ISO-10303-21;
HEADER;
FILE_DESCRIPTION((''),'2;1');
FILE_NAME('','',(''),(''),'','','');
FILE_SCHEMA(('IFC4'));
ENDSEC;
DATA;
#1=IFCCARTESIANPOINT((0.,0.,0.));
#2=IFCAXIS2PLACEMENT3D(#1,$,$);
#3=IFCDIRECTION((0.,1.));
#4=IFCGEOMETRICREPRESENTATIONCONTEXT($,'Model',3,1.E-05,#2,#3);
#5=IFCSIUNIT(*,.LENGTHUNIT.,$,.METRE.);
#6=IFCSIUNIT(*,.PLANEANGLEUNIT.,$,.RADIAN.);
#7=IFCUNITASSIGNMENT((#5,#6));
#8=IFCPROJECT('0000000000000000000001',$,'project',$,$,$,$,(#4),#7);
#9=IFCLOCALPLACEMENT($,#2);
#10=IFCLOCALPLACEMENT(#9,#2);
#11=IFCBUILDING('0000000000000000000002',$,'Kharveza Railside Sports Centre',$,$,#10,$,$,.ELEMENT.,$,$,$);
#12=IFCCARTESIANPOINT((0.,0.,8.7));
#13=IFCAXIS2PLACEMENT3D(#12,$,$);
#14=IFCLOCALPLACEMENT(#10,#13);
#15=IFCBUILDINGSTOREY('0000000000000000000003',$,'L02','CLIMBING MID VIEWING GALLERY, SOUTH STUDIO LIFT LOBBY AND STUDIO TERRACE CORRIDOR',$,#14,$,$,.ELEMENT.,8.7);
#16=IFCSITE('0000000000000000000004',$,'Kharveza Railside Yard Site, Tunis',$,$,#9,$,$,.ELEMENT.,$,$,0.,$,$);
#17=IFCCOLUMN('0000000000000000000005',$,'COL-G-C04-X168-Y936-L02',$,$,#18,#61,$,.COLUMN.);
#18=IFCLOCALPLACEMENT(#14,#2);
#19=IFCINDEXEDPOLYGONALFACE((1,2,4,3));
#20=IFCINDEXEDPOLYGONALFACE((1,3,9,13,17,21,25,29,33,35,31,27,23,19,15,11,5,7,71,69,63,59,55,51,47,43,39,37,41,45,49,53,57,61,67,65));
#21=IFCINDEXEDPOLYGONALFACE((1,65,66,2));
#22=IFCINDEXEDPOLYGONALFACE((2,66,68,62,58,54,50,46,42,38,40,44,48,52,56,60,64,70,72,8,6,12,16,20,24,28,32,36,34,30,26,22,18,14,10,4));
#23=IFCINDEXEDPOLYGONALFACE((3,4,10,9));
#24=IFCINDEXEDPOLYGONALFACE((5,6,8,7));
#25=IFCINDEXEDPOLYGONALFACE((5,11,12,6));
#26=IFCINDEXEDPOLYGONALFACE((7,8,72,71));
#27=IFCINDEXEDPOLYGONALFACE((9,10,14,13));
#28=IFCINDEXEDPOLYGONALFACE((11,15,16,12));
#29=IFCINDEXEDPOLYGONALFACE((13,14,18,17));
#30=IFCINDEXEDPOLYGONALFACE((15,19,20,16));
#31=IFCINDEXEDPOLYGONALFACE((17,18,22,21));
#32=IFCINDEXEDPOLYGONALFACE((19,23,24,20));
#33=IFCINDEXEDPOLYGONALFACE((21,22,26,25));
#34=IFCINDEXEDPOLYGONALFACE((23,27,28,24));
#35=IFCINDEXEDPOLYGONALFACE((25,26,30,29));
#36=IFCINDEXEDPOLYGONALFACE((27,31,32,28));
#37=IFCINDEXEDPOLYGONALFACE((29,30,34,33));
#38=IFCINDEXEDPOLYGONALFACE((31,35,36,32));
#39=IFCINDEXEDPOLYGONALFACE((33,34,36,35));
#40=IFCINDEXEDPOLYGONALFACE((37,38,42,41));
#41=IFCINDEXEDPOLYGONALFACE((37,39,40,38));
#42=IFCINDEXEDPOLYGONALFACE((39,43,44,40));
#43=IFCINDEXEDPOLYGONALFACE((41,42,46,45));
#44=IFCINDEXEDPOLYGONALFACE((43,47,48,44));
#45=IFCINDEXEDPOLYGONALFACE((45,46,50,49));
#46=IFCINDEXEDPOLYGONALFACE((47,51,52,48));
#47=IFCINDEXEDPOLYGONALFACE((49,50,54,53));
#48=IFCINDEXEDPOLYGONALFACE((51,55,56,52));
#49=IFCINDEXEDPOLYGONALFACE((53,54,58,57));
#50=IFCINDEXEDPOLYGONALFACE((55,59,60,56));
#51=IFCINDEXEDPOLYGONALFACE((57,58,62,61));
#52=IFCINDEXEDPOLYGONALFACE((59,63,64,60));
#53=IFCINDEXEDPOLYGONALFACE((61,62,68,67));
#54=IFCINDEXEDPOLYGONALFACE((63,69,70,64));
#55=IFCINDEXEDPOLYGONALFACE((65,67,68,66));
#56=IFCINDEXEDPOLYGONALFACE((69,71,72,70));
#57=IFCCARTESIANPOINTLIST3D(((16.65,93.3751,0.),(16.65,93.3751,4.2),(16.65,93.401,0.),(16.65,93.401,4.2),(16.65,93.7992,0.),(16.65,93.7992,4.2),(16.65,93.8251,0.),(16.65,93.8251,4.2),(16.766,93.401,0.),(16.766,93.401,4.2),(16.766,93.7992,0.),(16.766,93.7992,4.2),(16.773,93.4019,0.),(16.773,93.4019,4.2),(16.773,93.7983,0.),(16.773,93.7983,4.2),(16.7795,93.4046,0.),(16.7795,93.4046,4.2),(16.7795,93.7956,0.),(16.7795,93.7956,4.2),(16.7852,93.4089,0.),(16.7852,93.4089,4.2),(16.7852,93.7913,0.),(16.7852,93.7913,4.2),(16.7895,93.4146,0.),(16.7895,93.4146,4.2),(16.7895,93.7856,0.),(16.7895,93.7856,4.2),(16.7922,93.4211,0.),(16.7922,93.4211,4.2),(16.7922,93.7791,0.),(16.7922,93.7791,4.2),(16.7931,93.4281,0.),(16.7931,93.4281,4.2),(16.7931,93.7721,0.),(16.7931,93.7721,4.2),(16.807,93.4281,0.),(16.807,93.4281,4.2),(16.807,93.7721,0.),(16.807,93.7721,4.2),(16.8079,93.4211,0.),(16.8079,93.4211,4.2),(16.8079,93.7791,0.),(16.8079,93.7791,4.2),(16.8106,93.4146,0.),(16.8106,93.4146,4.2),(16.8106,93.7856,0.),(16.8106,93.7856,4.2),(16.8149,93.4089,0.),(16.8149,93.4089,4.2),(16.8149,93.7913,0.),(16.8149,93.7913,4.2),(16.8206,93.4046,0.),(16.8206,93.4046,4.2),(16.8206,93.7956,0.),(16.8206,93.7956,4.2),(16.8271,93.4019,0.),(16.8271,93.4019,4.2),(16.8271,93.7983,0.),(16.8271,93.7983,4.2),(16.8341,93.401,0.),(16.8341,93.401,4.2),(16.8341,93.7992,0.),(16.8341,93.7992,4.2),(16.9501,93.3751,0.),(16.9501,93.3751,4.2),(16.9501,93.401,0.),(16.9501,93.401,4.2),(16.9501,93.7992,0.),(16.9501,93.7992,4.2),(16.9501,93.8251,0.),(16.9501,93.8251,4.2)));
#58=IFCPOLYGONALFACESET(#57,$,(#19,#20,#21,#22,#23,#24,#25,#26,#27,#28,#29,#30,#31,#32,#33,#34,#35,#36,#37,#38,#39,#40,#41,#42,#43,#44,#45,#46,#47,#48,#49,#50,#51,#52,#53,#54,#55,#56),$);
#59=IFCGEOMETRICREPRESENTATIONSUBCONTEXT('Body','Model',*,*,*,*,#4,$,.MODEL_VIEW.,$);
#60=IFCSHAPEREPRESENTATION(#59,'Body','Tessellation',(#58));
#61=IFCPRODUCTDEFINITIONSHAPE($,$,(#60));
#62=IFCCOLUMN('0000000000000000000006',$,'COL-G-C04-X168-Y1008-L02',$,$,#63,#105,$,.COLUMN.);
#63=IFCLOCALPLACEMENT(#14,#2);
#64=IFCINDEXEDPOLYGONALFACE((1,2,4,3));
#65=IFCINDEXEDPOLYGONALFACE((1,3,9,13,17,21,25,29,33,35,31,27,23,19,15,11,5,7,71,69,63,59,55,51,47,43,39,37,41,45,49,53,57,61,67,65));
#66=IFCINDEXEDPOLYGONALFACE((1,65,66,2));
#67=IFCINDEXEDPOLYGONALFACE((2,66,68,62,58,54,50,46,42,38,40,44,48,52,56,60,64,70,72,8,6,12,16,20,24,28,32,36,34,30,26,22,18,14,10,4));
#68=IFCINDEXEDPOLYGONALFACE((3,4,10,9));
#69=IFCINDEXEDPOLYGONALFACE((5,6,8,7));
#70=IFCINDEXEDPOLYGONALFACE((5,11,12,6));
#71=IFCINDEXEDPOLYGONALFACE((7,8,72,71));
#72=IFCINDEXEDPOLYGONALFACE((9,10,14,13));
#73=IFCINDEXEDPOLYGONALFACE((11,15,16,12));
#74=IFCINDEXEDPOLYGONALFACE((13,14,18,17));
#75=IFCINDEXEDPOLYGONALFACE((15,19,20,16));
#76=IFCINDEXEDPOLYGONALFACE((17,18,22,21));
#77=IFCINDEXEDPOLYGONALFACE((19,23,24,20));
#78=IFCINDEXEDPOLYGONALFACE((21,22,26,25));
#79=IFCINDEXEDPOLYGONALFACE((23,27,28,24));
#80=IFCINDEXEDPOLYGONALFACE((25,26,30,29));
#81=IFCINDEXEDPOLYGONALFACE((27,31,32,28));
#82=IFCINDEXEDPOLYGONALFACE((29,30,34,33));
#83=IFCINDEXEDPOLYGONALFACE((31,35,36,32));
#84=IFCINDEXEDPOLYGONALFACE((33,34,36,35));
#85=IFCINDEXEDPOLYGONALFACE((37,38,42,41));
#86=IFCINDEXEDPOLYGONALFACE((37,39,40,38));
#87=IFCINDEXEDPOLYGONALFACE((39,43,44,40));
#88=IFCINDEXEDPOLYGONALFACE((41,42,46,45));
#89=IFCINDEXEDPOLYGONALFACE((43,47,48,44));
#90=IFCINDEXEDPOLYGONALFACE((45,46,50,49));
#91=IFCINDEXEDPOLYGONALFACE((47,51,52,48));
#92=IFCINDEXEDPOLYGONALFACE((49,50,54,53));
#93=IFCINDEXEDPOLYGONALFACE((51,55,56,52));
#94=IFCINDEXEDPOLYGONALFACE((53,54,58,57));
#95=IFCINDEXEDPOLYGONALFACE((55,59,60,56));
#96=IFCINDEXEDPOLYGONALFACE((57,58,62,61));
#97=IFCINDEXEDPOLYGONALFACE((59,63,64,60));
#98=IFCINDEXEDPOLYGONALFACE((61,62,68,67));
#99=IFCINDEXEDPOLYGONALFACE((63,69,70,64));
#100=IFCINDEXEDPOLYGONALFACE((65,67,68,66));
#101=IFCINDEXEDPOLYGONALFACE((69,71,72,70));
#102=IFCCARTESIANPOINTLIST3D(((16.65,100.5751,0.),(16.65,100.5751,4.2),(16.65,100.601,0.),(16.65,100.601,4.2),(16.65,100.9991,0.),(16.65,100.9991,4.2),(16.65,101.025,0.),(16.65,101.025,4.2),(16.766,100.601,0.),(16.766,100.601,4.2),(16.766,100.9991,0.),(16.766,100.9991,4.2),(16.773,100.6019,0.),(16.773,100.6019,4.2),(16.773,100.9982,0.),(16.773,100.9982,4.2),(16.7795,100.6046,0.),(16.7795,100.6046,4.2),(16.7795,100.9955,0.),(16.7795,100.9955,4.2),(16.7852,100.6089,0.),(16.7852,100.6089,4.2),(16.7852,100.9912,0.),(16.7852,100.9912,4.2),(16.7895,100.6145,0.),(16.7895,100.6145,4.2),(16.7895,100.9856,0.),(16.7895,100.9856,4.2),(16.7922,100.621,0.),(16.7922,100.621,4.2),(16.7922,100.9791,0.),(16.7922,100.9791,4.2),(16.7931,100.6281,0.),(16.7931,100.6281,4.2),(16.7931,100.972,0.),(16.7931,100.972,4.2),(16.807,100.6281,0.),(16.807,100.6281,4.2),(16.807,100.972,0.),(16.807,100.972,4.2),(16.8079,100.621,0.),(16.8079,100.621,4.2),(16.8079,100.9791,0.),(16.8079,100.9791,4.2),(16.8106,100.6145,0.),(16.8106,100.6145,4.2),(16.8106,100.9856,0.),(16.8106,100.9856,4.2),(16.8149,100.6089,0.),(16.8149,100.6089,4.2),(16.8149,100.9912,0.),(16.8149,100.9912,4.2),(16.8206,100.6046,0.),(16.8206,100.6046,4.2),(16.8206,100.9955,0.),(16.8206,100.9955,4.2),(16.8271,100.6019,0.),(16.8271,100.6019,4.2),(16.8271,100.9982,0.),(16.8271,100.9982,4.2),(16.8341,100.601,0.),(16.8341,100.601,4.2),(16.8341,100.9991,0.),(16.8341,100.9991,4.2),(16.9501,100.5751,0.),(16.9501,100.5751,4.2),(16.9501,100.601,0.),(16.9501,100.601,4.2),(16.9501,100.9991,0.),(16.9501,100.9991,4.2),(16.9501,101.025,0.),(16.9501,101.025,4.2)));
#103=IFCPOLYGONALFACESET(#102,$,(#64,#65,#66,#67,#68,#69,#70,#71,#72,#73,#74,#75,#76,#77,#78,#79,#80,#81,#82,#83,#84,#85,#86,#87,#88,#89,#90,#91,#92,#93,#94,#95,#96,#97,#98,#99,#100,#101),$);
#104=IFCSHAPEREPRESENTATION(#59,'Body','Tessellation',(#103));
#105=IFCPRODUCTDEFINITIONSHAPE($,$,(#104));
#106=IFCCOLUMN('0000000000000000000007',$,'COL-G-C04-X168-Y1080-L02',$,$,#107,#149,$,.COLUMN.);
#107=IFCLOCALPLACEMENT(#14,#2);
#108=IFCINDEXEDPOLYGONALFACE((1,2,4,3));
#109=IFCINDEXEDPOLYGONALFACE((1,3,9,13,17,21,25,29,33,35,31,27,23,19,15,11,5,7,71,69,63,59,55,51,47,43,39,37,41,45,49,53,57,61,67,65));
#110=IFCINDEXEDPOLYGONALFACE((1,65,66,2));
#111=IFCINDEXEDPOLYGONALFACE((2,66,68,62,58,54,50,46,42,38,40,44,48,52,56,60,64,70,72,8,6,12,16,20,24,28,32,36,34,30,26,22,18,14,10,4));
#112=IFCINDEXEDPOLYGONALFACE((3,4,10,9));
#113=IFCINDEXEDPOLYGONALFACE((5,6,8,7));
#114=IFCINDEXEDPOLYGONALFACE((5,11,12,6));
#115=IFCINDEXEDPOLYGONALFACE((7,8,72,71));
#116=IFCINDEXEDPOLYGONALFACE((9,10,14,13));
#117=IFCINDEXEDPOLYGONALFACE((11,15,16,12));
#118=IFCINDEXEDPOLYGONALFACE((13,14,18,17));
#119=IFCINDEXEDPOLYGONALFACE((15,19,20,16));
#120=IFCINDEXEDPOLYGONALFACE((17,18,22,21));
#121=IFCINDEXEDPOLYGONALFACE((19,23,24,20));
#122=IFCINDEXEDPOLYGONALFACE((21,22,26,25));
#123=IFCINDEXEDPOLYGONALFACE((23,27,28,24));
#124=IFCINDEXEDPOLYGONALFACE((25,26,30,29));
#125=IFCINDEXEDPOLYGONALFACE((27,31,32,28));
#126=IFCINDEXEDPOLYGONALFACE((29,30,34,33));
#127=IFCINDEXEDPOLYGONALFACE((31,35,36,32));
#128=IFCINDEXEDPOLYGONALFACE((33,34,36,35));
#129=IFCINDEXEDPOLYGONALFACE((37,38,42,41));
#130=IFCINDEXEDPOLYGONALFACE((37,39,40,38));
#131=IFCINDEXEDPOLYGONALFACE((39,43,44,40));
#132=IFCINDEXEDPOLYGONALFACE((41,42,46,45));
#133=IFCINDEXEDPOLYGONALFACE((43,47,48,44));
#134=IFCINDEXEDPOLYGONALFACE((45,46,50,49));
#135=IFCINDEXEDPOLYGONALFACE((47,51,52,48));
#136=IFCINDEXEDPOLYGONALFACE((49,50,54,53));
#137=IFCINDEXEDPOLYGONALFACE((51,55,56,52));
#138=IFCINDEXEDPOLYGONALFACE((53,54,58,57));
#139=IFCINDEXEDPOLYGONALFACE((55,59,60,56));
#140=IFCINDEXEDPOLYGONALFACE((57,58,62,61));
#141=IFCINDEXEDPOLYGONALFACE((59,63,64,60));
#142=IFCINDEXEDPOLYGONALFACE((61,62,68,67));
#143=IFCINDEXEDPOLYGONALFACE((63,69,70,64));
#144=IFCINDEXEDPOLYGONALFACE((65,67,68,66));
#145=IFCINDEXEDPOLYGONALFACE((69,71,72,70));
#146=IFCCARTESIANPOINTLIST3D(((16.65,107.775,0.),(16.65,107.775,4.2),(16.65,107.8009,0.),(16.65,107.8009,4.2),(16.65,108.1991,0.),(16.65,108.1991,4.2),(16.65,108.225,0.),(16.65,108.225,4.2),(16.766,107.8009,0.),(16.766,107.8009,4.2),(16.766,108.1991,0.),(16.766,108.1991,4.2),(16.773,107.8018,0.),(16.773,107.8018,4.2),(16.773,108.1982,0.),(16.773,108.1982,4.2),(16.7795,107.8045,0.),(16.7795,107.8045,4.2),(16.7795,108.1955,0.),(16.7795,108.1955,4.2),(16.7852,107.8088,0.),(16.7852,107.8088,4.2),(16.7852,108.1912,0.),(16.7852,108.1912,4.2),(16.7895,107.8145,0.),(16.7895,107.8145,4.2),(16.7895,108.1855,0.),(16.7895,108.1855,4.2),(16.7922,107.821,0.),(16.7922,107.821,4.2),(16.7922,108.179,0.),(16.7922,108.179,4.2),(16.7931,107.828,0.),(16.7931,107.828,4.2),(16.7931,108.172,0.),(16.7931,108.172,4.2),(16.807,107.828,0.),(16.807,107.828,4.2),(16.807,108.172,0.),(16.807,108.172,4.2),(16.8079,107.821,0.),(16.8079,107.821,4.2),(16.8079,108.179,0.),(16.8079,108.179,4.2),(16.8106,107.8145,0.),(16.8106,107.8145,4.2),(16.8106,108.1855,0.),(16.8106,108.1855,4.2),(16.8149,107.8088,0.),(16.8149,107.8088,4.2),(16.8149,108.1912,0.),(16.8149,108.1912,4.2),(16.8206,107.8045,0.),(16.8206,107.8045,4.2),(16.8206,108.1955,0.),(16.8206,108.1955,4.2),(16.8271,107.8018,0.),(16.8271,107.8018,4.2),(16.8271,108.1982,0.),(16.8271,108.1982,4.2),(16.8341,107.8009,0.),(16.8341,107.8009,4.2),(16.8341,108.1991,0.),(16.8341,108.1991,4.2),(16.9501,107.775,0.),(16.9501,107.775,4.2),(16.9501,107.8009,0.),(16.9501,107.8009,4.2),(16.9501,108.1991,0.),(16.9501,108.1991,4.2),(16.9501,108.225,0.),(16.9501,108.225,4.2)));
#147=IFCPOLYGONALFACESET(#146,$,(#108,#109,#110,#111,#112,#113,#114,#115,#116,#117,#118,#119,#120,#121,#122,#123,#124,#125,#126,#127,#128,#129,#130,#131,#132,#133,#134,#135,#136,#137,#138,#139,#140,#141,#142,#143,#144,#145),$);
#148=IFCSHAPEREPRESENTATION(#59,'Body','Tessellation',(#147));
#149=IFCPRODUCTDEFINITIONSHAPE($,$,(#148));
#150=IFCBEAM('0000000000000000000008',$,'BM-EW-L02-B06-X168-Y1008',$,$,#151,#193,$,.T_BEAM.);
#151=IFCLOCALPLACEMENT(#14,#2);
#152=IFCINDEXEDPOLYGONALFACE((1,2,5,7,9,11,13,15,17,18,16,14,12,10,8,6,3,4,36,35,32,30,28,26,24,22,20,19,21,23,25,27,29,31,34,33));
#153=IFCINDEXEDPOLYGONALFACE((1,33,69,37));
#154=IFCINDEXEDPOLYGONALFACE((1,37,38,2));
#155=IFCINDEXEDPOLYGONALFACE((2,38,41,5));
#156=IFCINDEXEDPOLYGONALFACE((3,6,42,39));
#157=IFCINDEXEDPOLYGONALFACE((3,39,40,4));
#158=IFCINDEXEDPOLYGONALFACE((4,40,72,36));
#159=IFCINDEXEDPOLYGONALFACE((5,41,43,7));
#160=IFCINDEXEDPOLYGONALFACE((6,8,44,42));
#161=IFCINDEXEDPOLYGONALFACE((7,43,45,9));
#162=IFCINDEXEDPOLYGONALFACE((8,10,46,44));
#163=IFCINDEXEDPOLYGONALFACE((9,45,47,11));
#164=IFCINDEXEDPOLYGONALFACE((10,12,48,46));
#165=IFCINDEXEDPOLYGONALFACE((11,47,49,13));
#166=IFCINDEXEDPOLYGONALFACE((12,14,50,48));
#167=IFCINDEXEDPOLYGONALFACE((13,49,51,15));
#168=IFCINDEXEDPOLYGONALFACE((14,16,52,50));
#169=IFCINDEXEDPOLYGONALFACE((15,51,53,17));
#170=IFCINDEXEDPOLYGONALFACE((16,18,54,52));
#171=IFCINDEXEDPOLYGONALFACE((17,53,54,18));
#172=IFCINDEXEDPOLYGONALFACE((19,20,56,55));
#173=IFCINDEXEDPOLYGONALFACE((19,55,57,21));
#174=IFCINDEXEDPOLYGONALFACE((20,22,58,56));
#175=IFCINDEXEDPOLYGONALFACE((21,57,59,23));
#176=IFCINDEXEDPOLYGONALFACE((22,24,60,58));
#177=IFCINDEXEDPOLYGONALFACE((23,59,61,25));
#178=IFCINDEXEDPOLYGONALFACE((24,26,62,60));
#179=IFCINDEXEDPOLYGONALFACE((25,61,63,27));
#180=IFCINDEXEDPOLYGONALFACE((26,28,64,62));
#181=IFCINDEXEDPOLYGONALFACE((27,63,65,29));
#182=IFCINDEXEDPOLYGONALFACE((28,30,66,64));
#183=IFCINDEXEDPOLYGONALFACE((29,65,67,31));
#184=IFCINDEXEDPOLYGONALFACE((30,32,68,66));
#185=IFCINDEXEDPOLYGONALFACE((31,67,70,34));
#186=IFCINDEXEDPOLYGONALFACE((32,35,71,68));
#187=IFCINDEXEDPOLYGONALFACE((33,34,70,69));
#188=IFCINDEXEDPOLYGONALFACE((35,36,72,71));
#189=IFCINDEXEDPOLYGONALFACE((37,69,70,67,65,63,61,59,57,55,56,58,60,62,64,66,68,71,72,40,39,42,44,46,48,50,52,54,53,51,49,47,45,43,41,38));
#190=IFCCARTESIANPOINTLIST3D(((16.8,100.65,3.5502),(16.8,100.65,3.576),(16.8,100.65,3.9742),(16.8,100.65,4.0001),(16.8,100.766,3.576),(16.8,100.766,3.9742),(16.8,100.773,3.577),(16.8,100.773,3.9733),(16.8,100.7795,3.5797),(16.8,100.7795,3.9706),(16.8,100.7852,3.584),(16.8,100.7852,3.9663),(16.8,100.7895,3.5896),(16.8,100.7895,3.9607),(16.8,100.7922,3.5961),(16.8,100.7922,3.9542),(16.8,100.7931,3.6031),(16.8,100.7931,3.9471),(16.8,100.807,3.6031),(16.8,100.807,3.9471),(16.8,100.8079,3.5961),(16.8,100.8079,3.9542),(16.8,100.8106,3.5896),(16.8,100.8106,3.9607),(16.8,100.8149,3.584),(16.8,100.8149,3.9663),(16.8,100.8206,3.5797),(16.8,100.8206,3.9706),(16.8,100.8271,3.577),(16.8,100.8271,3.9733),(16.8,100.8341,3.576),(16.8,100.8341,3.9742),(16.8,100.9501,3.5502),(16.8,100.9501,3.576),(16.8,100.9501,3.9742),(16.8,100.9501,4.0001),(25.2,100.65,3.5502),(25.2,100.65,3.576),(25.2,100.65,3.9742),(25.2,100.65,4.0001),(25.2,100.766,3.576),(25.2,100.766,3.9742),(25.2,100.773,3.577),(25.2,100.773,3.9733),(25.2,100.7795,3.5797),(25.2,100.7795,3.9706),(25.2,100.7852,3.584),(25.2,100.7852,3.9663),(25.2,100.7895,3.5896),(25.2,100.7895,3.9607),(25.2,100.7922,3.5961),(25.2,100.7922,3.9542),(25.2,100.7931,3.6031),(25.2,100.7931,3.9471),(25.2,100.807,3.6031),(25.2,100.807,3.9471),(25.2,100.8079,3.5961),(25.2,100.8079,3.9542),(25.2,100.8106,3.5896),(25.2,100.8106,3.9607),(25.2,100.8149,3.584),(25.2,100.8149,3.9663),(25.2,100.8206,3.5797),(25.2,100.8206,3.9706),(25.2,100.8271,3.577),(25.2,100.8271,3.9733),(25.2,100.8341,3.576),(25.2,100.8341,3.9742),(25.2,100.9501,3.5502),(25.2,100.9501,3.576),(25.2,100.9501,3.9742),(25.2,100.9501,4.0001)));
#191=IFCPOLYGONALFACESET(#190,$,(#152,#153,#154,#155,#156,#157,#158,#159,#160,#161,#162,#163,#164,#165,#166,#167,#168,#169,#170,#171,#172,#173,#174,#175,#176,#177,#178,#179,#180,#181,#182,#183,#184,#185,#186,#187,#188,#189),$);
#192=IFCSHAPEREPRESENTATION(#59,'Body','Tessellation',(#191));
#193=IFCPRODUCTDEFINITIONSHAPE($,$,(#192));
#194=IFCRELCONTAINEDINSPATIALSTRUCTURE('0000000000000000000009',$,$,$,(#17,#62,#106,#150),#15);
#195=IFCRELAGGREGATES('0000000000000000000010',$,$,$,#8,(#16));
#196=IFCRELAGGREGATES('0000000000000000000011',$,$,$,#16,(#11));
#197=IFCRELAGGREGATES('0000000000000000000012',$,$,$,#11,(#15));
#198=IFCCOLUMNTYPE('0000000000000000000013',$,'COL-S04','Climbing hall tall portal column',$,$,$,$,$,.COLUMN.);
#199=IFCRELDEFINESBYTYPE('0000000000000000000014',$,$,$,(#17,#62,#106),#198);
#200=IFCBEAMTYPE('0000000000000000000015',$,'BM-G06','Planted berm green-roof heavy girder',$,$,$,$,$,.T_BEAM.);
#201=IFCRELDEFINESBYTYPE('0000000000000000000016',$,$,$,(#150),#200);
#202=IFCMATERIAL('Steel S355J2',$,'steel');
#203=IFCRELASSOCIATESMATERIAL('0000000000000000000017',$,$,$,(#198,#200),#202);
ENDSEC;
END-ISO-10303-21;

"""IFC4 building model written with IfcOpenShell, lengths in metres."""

from ifc_helpers import new_model, si_unit, direction, frame, origin, origin_2d, place, context, subcontext, project, spatial, i_section, extrude, material, material_profile, profile_set, type_object, element, save


model = new_model("IFC4")

# Units and contexts
model_context = context("Model", 3, precision=1e-05, world=origin(), true_north=direction((0.0, 1.0)))
body_context = subcontext(model_context, "Body", "Model", "MODEL_VIEW")
ifc_project = project(units=[si_unit("LENGTHUNIT", "METRE"), si_unit("PLANEANGLEUNIT", "RADIAN")], contexts=[model_context])

# Site, building, storey
site_placement = place(None, origin())
site = spatial("IfcSite", under=ifc_project, at=site_placement, Name="Kharveza Railside Yard Site, Tunis", CompositionType="ELEMENT", RefElevation=0.0)
building_placement = place(site_placement, origin())
building = spatial("IfcBuilding", under=site, at=building_placement, Name="Kharveza Railside Sports Centre", CompositionType="ELEMENT")
storey_placement = place(building_placement, frame((0.0, 0.0, 8.7)))
storey = spatial("IfcBuildingStorey", under=building, at=storey_placement, Name="L02", Description="CLIMBING MID VIEWING GALLERY, SOUTH STUDIO LIFT LOBBY AND STUDIO TERRACE CORRIDOR", CompositionType="ELEMENT", Elevation=8.7)

# Columns
ifc_material_1 = material(Name="Steel S355J2", Category="steel")
ifc_material_profile_1 = material_profile(ifc_material_1, i_section(OverallWidth=0.3, OverallDepth=0.45, WebThickness=0.0139, FlangeThickness=0.0259, FilletRadius=0.0271, at=origin_2d()), Name="HEB 450")
ifc_profile_set_1 = profile_set([ifc_material_profile_1], Name="Steel S355J2")
column_type = type_object("IfcColumnType", Name="COL-S04", Description="Climbing hall tall portal column", PredefinedType="COLUMN", material=ifc_profile_set_1)
for number, where, z_axis, x_axis, name in (
    (1, (16.8, 93.6001, 0.0), (0.0, 0.0, 1.0), (1.0, 0.0, 0.0), "COL-G-C04-X168-Y936-L02"),
    (2, (16.8, 100.8, 0.0), (0.0, 0.0, 1.0), (1.0, 0.0, 0.0), "COL-G-C04-X168-Y1008-L02"),
    (3, (16.8, 108.0, 0.0), (0.0, 0.0, 1.0), (1.0, 0.0, 0.0), "COL-G-C04-X168-Y1080-L02"),
):
    element("IfcColumn", number, at=place(storey_placement, frame(where, z_axis=z_axis, x_axis=x_axis)), inside=storey, type_object=column_type, Name=name, PredefinedType="COLUMN", context=body_context, shape_type="SweptSolid", body=[
        extrude(i_section(OverallWidth=0.3, OverallDepth=0.45, WebThickness=0.0139, FlangeThickness=0.0259, FilletRadius=0.0271, at=origin_2d()), origin(), (0.0, 0.0, 1.0), 4.2),
    ])

# Beam
ifc_material_profile_2 = material_profile(ifc_material_1, i_section(OverallWidth=0.3, OverallDepth=0.45, WebThickness=0.0139, FlangeThickness=0.0259, FilletRadius=0.0271, at=origin_2d()), Name="HEB 450")
ifc_profile_set_2 = profile_set([ifc_material_profile_2], Name="Steel S355J2")
beam_type_1 = type_object("IfcBeamType", Name="BM-G06", Description="Planted berm green-roof heavy girder", PredefinedType="T_BEAM", material=ifc_profile_set_2)
beam_1_placement = place(storey_placement, frame((16.8, 100.8, 3.7751), z_axis=(1.0, 0.0, 0.0), x_axis=(0.0, 1.0, 0.0)))
element("IfcBeam", 4, at=beam_1_placement, inside=storey, type_object=beam_type_1, Name="BM-EW-L02-B06-X168-Y1008", PredefinedType="T_BEAM", context=body_context, shape_type="SweptSolid", body=[
    extrude(i_section(OverallWidth=0.3, OverallDepth=0.45, WebThickness=0.0139, FlangeThickness=0.0259, FilletRadius=0.0271, at=origin_2d()), origin(), (0.0, 0.0, 1.0), 8.3999),
])

save(model, "model.ifc")
